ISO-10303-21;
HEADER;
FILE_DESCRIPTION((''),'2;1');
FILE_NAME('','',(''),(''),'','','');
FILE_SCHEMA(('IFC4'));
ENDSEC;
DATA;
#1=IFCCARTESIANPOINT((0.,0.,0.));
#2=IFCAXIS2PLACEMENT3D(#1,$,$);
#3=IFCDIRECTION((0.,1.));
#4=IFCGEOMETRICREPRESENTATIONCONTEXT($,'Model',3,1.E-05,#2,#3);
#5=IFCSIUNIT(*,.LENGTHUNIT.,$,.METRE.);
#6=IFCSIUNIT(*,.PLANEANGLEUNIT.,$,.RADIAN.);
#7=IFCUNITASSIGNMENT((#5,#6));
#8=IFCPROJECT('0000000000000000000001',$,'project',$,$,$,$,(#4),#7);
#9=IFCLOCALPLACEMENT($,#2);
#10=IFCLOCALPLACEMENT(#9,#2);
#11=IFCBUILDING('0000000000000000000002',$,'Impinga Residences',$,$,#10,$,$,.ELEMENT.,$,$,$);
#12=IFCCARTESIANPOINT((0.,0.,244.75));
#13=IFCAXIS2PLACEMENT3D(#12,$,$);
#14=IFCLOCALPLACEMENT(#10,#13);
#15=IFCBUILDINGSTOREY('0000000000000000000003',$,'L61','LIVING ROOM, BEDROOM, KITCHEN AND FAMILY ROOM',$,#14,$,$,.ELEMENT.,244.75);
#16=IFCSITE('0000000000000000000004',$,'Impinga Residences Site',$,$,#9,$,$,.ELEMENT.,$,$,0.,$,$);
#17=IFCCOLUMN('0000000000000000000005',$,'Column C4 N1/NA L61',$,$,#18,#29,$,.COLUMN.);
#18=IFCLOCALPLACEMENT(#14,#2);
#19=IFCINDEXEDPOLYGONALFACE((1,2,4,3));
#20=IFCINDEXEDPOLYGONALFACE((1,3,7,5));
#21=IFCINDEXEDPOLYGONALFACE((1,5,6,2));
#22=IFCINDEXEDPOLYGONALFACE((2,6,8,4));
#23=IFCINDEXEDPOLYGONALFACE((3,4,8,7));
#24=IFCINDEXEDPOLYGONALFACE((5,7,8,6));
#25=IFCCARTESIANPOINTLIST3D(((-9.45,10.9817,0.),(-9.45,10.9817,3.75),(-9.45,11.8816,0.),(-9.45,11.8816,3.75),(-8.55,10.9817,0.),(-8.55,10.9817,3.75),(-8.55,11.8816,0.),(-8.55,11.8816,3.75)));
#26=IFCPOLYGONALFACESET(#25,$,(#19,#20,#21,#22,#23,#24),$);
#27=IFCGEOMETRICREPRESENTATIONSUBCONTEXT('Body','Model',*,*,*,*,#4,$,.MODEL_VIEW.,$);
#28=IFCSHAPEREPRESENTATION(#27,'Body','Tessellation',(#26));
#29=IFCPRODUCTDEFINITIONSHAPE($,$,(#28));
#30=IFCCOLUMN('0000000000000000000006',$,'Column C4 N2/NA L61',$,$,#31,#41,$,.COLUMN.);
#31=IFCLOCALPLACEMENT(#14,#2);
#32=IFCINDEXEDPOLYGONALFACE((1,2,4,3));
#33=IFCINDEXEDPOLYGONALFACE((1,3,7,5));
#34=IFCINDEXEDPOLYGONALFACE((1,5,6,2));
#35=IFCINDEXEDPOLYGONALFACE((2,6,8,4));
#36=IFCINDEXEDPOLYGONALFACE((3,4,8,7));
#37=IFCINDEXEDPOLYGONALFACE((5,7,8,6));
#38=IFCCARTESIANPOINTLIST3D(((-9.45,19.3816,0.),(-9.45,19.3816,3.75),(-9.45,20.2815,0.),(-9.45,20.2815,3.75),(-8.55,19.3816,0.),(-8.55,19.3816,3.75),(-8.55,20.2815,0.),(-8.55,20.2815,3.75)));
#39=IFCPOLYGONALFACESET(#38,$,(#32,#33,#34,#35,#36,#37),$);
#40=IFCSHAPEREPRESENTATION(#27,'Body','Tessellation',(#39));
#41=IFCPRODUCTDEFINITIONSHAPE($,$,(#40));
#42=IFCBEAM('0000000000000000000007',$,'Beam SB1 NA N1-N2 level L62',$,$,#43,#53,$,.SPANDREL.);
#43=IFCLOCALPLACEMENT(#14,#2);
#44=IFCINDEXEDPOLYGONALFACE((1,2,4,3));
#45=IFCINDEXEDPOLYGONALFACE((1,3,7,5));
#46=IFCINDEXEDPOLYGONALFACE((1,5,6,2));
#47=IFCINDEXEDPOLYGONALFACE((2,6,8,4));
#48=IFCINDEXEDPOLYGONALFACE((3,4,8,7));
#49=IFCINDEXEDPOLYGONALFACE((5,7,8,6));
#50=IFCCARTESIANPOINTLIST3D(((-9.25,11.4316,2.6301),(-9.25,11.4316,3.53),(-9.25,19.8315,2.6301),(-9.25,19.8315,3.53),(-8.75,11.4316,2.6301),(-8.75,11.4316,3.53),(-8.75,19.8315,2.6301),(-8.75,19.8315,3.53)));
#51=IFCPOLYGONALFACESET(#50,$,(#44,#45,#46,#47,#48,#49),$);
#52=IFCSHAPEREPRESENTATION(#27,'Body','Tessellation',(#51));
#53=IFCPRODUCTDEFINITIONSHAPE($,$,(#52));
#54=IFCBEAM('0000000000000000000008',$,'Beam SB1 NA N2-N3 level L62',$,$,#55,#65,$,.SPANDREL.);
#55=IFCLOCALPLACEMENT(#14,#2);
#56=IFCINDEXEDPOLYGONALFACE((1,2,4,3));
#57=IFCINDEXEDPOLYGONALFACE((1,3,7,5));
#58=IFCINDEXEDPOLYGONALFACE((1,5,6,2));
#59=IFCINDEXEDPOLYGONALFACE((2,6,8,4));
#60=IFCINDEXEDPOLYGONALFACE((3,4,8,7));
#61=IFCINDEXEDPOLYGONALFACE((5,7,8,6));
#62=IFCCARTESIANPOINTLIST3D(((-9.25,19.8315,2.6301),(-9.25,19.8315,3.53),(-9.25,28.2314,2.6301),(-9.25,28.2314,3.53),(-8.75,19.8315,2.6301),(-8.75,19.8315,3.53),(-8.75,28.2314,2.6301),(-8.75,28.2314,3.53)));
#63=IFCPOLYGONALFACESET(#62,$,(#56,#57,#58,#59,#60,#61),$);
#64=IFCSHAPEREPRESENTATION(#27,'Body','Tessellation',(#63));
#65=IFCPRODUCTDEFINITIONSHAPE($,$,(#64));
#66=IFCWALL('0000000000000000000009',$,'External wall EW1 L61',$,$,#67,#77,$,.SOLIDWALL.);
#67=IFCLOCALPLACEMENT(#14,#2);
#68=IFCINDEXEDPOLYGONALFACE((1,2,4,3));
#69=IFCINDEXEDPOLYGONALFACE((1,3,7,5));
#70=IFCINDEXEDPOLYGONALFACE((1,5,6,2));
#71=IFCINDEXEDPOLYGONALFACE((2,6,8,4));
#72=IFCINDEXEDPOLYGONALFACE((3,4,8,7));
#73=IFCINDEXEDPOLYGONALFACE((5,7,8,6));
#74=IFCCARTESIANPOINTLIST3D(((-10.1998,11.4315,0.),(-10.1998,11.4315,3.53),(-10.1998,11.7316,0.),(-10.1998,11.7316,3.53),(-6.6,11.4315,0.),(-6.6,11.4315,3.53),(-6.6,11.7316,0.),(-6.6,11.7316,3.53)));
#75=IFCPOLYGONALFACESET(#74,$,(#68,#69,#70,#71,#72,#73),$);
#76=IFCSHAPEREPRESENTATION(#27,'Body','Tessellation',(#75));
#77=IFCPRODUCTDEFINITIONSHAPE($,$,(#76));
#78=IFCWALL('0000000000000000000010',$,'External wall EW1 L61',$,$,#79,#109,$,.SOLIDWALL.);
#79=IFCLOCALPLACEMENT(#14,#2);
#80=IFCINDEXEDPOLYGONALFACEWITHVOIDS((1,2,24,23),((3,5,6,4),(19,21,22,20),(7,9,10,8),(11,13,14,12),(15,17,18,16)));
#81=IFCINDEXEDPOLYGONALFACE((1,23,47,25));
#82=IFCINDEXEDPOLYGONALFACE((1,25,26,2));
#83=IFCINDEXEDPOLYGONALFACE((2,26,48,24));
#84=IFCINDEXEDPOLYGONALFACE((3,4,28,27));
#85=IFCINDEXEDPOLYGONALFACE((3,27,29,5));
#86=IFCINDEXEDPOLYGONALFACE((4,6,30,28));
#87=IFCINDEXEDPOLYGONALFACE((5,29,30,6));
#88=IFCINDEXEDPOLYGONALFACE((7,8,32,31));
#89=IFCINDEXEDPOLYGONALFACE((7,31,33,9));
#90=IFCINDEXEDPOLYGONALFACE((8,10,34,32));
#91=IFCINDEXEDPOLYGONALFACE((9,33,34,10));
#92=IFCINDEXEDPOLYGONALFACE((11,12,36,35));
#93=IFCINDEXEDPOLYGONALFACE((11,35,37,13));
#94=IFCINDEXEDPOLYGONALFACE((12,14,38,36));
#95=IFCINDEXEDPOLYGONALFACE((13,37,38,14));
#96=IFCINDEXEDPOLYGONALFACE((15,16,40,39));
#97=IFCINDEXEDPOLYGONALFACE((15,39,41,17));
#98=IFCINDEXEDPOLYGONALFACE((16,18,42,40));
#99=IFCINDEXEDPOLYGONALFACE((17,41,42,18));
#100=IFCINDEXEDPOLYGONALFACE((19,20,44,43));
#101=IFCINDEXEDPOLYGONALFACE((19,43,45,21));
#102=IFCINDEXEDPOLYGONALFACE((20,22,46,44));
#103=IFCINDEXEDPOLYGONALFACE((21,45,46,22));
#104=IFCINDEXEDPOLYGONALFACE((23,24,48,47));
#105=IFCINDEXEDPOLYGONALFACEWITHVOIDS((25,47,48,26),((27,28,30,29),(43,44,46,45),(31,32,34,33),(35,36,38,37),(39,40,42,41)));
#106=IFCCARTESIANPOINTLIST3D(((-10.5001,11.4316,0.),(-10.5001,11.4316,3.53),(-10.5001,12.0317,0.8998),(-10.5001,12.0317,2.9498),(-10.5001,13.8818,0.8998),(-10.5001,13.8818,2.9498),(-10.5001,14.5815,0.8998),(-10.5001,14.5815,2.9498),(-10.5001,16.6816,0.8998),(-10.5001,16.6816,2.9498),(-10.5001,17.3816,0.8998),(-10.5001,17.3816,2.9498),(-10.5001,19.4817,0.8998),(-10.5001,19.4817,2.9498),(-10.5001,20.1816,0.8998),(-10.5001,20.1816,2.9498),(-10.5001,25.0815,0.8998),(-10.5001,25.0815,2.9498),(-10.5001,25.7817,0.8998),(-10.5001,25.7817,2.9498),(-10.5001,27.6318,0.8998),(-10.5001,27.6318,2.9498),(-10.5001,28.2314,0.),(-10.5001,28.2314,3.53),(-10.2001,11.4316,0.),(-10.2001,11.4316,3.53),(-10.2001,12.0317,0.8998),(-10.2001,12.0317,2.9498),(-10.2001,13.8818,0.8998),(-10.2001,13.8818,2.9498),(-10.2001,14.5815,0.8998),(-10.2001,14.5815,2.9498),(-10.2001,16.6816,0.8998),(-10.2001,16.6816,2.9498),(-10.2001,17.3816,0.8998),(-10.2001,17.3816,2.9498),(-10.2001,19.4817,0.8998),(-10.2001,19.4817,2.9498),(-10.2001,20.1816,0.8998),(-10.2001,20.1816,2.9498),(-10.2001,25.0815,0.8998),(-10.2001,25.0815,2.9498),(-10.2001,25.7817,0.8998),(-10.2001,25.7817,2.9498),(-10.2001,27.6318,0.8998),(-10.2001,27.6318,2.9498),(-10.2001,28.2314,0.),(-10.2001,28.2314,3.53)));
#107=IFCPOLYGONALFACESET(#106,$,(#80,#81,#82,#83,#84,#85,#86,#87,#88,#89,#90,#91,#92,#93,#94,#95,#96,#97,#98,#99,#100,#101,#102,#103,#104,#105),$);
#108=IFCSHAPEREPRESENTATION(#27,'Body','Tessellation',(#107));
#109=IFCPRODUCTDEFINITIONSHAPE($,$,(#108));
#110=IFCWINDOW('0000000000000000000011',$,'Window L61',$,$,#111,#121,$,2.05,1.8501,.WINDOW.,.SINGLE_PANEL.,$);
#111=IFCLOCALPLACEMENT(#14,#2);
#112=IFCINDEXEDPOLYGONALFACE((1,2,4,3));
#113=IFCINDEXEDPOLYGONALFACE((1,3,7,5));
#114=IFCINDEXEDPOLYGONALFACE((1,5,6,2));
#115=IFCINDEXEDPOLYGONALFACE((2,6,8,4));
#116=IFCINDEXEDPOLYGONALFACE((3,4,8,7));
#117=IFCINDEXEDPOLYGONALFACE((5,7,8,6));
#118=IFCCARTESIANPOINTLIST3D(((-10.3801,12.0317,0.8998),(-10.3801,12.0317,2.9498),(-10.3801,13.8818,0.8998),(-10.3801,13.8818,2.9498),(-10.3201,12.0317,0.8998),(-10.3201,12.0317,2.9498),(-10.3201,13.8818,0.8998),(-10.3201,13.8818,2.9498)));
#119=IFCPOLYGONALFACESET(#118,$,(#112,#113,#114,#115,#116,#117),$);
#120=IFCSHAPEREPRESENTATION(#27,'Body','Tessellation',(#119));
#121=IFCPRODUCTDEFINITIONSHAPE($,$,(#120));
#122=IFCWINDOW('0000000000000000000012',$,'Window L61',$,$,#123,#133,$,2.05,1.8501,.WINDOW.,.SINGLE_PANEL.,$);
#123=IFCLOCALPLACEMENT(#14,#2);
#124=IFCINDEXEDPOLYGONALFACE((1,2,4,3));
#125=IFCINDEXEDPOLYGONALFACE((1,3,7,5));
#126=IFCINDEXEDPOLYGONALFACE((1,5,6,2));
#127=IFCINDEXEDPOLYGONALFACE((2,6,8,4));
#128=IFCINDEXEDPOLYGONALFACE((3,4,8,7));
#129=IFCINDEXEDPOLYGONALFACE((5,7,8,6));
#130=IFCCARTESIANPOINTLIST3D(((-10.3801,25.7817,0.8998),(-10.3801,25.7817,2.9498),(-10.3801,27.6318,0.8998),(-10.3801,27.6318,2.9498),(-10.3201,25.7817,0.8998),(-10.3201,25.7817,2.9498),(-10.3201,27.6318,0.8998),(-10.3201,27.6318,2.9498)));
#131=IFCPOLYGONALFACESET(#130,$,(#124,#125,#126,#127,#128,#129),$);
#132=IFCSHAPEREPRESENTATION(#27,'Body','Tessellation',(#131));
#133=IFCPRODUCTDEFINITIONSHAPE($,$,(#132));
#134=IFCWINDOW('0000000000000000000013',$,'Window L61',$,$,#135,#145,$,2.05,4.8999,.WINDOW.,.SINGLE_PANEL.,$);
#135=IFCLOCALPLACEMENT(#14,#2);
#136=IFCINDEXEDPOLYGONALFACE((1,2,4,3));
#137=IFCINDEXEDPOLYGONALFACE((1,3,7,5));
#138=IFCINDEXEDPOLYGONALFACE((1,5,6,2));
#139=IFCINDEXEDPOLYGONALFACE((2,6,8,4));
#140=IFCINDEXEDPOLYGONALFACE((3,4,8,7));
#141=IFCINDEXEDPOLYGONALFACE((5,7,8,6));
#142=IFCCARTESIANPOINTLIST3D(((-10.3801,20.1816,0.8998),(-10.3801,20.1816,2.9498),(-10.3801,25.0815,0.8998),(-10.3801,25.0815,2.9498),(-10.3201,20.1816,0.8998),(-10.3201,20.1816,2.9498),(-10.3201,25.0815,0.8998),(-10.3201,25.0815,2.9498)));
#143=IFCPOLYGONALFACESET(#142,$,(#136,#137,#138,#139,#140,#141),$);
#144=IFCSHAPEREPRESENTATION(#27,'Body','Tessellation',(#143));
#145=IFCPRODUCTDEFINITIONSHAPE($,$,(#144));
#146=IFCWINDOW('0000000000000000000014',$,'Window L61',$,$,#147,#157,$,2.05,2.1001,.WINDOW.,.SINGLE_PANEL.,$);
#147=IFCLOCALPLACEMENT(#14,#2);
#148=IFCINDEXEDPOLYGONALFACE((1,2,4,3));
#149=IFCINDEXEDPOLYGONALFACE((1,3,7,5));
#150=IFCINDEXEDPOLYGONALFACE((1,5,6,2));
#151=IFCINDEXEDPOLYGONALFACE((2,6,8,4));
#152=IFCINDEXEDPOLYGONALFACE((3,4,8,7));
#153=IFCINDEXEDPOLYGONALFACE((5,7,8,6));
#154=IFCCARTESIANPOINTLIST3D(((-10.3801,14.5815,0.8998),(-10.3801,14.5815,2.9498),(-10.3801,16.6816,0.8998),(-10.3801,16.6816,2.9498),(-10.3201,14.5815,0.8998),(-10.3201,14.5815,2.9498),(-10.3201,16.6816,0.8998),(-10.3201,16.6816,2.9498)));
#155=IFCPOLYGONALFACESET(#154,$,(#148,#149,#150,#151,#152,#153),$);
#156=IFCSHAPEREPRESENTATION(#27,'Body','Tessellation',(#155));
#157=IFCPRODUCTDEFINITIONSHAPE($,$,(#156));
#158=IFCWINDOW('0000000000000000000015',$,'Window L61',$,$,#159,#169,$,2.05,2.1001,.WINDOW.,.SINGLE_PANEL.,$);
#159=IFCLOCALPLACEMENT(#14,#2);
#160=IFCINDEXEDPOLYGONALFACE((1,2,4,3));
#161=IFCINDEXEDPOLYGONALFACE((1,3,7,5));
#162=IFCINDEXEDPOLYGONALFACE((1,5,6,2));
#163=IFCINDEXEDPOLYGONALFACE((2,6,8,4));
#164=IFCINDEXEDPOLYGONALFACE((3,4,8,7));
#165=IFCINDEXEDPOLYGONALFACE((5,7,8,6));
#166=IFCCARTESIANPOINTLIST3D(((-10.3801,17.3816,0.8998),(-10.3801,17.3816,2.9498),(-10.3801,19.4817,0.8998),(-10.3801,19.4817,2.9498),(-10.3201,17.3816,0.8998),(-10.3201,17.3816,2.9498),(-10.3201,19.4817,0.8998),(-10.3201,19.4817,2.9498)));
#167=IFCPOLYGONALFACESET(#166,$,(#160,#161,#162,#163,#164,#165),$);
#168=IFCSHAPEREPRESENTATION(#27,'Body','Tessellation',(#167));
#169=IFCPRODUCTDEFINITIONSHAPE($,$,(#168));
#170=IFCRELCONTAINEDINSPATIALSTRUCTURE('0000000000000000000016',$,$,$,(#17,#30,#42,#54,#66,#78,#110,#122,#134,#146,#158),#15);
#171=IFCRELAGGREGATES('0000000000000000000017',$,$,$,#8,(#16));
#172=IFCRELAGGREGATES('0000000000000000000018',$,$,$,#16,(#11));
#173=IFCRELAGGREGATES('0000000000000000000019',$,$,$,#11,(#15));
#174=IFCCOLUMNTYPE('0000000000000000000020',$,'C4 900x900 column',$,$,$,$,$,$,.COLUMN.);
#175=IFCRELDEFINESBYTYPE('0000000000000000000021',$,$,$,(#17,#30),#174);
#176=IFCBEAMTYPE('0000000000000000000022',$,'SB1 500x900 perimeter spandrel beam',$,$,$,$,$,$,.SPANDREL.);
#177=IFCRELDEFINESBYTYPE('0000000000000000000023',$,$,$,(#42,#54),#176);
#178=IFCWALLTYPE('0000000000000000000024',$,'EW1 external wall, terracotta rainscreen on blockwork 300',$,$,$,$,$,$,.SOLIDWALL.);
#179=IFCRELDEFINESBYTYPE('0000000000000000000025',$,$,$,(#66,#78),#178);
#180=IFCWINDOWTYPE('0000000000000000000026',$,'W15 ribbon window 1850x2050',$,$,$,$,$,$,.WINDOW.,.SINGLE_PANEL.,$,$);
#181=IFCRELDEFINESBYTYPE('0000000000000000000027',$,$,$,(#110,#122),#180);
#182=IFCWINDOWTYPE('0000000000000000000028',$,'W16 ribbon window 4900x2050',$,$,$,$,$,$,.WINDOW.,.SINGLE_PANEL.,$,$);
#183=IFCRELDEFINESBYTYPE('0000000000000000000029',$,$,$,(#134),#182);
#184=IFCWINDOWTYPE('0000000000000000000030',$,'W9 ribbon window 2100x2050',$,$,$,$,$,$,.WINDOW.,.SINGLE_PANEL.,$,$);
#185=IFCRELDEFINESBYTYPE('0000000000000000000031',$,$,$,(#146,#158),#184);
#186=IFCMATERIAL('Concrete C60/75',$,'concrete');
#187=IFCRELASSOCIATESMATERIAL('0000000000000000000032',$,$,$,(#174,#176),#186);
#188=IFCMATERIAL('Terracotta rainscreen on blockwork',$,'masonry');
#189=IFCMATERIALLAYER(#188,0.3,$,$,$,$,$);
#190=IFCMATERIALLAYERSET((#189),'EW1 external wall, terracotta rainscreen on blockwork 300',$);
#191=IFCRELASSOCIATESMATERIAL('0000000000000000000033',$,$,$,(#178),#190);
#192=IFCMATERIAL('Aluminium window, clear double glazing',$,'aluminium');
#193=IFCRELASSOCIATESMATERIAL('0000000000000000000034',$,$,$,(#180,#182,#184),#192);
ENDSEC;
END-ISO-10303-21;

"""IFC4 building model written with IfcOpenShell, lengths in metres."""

from ifc_helpers import new_model, si_unit, direction, frame, frame_2d, origin, origin_2d, place, context, subcontext, project, spatial, rectangle, extrude, material, layer, layer_set, material_profile, profile_set, type_object, element, fill, save


model = new_model("IFC4")

# Units and contexts
model_context = context("Model", 3, precision=1e-05, world=origin(), true_north=direction((0.0, 1.0)))
body_context = subcontext(model_context, "Body", "Model", "MODEL_VIEW")
ifc_project = project(units=[si_unit("LENGTHUNIT", "METRE"), si_unit("PLANEANGLEUNIT", "RADIAN")], contexts=[model_context])

# Site, building, storey
site_placement = place(None, origin())
site = spatial("IfcSite", under=ifc_project, at=site_placement, Name="Impinga Residences Site", CompositionType="ELEMENT", RefElevation=0.0)
building_placement = place(site_placement, origin())
building = spatial("IfcBuilding", under=site, at=building_placement, Name="Impinga Residences", CompositionType="ELEMENT")
storey_placement = place(building_placement, frame((0.0, 0.0, 244.75)))
storey = spatial("IfcBuildingStorey", under=building, at=storey_placement, Name="L61", Description="LIVING ROOM, BEDROOM, KITCHEN AND FAMILY ROOM", CompositionType="ELEMENT", Elevation=244.75)

# Columns
ifc_material_1 = material(Name="Concrete C60/75", Category="concrete")
ifc_material_profile_1 = material_profile(ifc_material_1, rectangle(XDim=0.8999, YDim=0.8999, at=origin_2d()), Name="RC 900x900")
ifc_profile_set_1 = profile_set([ifc_material_profile_1], Name="Concrete C60/75")
column_type = type_object("IfcColumnType", Name="C4 900x900 column", PredefinedType="COLUMN", material=ifc_profile_set_1)
for number, where, z_axis, x_axis, name in (
    (1, (-9.0, 11.4316, 0.0), (0.0, 0.0, 1.0), (1.0, 0.0, 0.0), "Column C4 N1/NA L61"),
    (2, (-9.0, 19.8315, 0.0), (0.0, 0.0, 1.0), (1.0, 0.0, 0.0), "Column C4 N2/NA L61"),
):
    element("IfcColumn", number, at=place(storey_placement, frame(where, z_axis=z_axis, x_axis=x_axis)), inside=storey, type_object=column_type, Name=name, PredefinedType="COLUMN", context=body_context, shape_type="SweptSolid", body=[
        extrude(rectangle(XDim=0.8999, YDim=0.8999, at=origin_2d()), origin(), (0.0, 0.0, 1.0), 3.75),
    ])

# Beams
ifc_material_profile_2 = material_profile(ifc_material_1, rectangle(XDim=0.5, YDim=0.8999, at=origin_2d()), Name="RC 500x900")
ifc_profile_set_2 = profile_set([ifc_material_profile_2], Name="Concrete C60/75")
beam_type = type_object("IfcBeamType", Name="SB1 500x900 perimeter spandrel beam", PredefinedType="SPANDREL", material=ifc_profile_set_2)
for number, where, z_axis, x_axis, name in (
    (3, (-9.0, 11.4316, 3.0801), (0.0, 1.0, 0.0), (-1.0, 0.0, 0.0), "Beam SB1 NA N1-N2 level L62"),
    (4, (-9.0, 19.8315, 3.0801), (0.0, 1.0, 0.0), (-1.0, 0.0, 0.0), "Beam SB1 NA N2-N3 level L62"),
):
    element("IfcBeam", number, at=place(storey_placement, frame(where, z_axis=z_axis, x_axis=x_axis)), inside=storey, type_object=beam_type, Name=name, PredefinedType="SPANDREL", context=body_context, shape_type="SweptSolid", body=[
        extrude(rectangle(XDim=0.5, YDim=0.8999, at=origin_2d()), origin(), (0.0, 0.0, 1.0), 8.3999),
    ])

# Wall
ifc_material_2 = material(Name="Terracotta rainscreen on blockwork", Category="masonry")
ifc_layer_1 = layer(ifc_material_2, 0.3)
ifc_layer_set_1 = layer_set([ifc_layer_1], Name="EW1 external wall, terracotta rainscreen on blockwork 300")
wall_type_1 = type_object("IfcWallType", Name="EW1 external wall, terracotta rainscreen on blockwork 300", PredefinedType="SOLIDWALL", material=ifc_layer_set_1)
wall_1_placement = place(storey_placement, frame((-6.6001, 11.5815, 0.0), z_axis=(0.0, 0.0, 1.0), x_axis=(-1.0, 0.0, 0.0)))
element("IfcWall", 5, at=wall_1_placement, inside=storey, type_object=wall_type_1, Name="External wall EW1 L61", PredefinedType="SOLIDWALL", context=body_context, shape_type="SweptSolid", body=[
    extrude(rectangle(XDim=3.5999, YDim=0.3, at=frame_2d((1.7998, 0.0))), origin(), (0.0, 0.0, 1.0), 3.53),
])

# Wall, openings, windows
wall_2_placement = place(storey_placement, frame((-10.3501, 11.4316, 0.0), z_axis=(0.0, 0.0, 1.0), x_axis=(0.0, 1.0, 0.0)))
wall_2 = element("IfcWall", 6, at=wall_2_placement, inside=storey, type_object=wall_type_1, Name="External wall EW1 L61", PredefinedType="SOLIDWALL", context=body_context, shape_type="SweptSolid", body=[
    extrude(rectangle(XDim=16.7998, YDim=0.3, at=frame_2d((8.3999, 0.0))), origin(), (0.0, 0.0, 1.0), 3.53),
])
opening_1_placement = place(wall_2_placement, frame((0.6001, 0.0, 0.8999)))
opening_1 = element("IfcOpeningElement", 7, at=opening_1_placement, cuts=wall_2, PredefinedType="OPENING", context=body_context, shape_type="SweptSolid", body=[
    extrude(rectangle(XDim=1.8501, YDim=2.05, at=frame_2d((0.925, 1.0249))), frame((0.0, 0.1599, 0.0), z_axis=(0.0, -1.0, 0.0), x_axis=(1.0, 0.0, 0.0)), (0.0, 0.0, 1.0), 0.3201),
])
opening_2_placement = place(wall_2_placement, frame((3.1499, 0.0, 0.8999)))
opening_2 = element("IfcOpeningElement", 8, at=opening_2_placement, cuts=wall_2, PredefinedType="OPENING", context=body_context, shape_type="SweptSolid", body=[
    extrude(rectangle(XDim=2.1001, YDim=2.05, at=frame_2d((1.05, 1.0249))), frame((0.0, 0.1599, 0.0), z_axis=(0.0, -1.0, 0.0), x_axis=(1.0, 0.0, 0.0)), (0.0, 0.0, 1.0), 0.3201),
])
opening_3_placement = place(wall_2_placement, frame((5.95, 0.0, 0.8999)))
opening_3 = element("IfcOpeningElement", 9, at=opening_3_placement, cuts=wall_2, PredefinedType="OPENING", context=body_context, shape_type="SweptSolid", body=[
    extrude(rectangle(XDim=2.1001, YDim=2.05, at=frame_2d((1.05, 1.0249))), frame((0.0, 0.1599, 0.0), z_axis=(0.0, -1.0, 0.0), x_axis=(1.0, 0.0, 0.0)), (0.0, 0.0, 1.0), 0.3201),
])
opening_4_placement = place(wall_2_placement, frame((8.75, 0.0, 0.8999)))
opening_4 = element("IfcOpeningElement", 10, at=opening_4_placement, cuts=wall_2, PredefinedType="OPENING", context=body_context, shape_type="SweptSolid", body=[
    extrude(rectangle(XDim=4.8999, YDim=2.05, at=frame_2d((2.45, 1.0249))), frame((0.0, 0.1599, 0.0), z_axis=(0.0, -1.0, 0.0), x_axis=(1.0, 0.0, 0.0)), (0.0, 0.0, 1.0), 0.3201),
])
opening_5_placement = place(wall_2_placement, frame((14.3501, 0.0, 0.8999)))
opening_5 = element("IfcOpeningElement", 11, at=opening_5_placement, cuts=wall_2, PredefinedType="OPENING", context=body_context, shape_type="SweptSolid", body=[
    extrude(rectangle(XDim=1.8501, YDim=2.05, at=frame_2d((0.925, 1.0249))), frame((0.0, 0.1599, 0.0), z_axis=(0.0, -1.0, 0.0), x_axis=(1.0, 0.0, 0.0)), (0.0, 0.0, 1.0), 0.3201),
])
ifc_material_3 = material(Name="Aluminium window, clear double glazing", Category="aluminium")
window_type_1 = type_object("IfcWindowType", Name="W15 ribbon window 1850x2050", PartitioningType="SINGLE_PANEL", PredefinedType="WINDOW", material=ifc_material_3)
window_1_placement = place(opening_1_placement, origin())
window_1 = element("IfcWindow", 12, at=window_1_placement, inside=storey, type_object=window_type_1, Name="Window L61", OverallHeight=2.05, OverallWidth=1.8501, PartitioningType="SINGLE_PANEL", PredefinedType="WINDOW", context=body_context, shape_type="SweptSolid", body=[
    extrude(rectangle(XDim=1.8501, YDim=2.05, at=frame_2d((0.925, 1.0249))), frame((0.0, 0.03, 0.0), z_axis=(0.0, -1.0, 0.0), x_axis=(1.0, 0.0, 0.0)), (0.0, 0.0, 1.0), 0.0601),
])
fill(opening_1, window_1)
window_2_placement = place(opening_5_placement, origin())
window_2 = element("IfcWindow", 13, at=window_2_placement, inside=storey, type_object=window_type_1, Name="Window L61", OverallHeight=2.05, OverallWidth=1.8501, PartitioningType="SINGLE_PANEL", PredefinedType="WINDOW", context=body_context, shape_type="SweptSolid", body=[
    extrude(rectangle(XDim=1.8501, YDim=2.05, at=frame_2d((0.925, 1.0249))), frame((0.0, 0.03, 0.0), z_axis=(0.0, -1.0, 0.0), x_axis=(1.0, 0.0, 0.0)), (0.0, 0.0, 1.0), 0.0601),
])
fill(opening_5, window_2)
window_type_2 = type_object("IfcWindowType", Name="W16 ribbon window 4900x2050", PartitioningType="SINGLE_PANEL", PredefinedType="WINDOW", material=ifc_material_3)
window_3_placement = place(opening_4_placement, origin())
window_3 = element("IfcWindow", 14, at=window_3_placement, inside=storey, type_object=window_type_2, Name="Window L61", OverallHeight=2.05, OverallWidth=4.8999, PartitioningType="SINGLE_PANEL", PredefinedType="WINDOW", context=body_context, shape_type="SweptSolid", body=[
    extrude(rectangle(XDim=4.8999, YDim=2.05, at=frame_2d((2.45, 1.0249))), frame((0.0, 0.03, 0.0), z_axis=(0.0, -1.0, 0.0), x_axis=(1.0, 0.0, 0.0)), (0.0, 0.0, 1.0), 0.0601),
])
fill(opening_4, window_3)
window_type_3 = type_object("IfcWindowType", Name="W9 ribbon window 2100x2050", PartitioningType="SINGLE_PANEL", PredefinedType="WINDOW", material=ifc_material_3)
window_4_placement = place(opening_2_placement, origin())
window_4 = element("IfcWindow", 15, at=window_4_placement, inside=storey, type_object=window_type_3, Name="Window L61", OverallHeight=2.05, OverallWidth=2.1001, PartitioningType="SINGLE_PANEL", PredefinedType="WINDOW", context=body_context, shape_type="SweptSolid", body=[
    extrude(rectangle(XDim=2.1001, YDim=2.05, at=frame_2d((1.05, 1.0249))), frame((0.0, 0.03, 0.0), z_axis=(0.0, -1.0, 0.0), x_axis=(1.0, 0.0, 0.0)), (0.0, 0.0, 1.0), 0.0601),
])
fill(opening_2, window_4)
window_5_placement = place(opening_3_placement, origin())
window_5 = element("IfcWindow", 16, at=window_5_placement, inside=storey, type_object=window_type_3, Name="Window L61", OverallHeight=2.05, OverallWidth=2.1001, PartitioningType="SINGLE_PANEL", PredefinedType="WINDOW", context=body_context, shape_type="SweptSolid", body=[
    extrude(rectangle(XDim=2.1001, YDim=2.05, at=frame_2d((1.05, 1.0249))), frame((0.0, 0.03, 0.0), z_axis=(0.0, -1.0, 0.0), x_axis=(1.0, 0.0, 0.0)), (0.0, 0.0, 1.0), 0.0601),
])
fill(opening_3, window_5)

save(model, "model.ifc")
